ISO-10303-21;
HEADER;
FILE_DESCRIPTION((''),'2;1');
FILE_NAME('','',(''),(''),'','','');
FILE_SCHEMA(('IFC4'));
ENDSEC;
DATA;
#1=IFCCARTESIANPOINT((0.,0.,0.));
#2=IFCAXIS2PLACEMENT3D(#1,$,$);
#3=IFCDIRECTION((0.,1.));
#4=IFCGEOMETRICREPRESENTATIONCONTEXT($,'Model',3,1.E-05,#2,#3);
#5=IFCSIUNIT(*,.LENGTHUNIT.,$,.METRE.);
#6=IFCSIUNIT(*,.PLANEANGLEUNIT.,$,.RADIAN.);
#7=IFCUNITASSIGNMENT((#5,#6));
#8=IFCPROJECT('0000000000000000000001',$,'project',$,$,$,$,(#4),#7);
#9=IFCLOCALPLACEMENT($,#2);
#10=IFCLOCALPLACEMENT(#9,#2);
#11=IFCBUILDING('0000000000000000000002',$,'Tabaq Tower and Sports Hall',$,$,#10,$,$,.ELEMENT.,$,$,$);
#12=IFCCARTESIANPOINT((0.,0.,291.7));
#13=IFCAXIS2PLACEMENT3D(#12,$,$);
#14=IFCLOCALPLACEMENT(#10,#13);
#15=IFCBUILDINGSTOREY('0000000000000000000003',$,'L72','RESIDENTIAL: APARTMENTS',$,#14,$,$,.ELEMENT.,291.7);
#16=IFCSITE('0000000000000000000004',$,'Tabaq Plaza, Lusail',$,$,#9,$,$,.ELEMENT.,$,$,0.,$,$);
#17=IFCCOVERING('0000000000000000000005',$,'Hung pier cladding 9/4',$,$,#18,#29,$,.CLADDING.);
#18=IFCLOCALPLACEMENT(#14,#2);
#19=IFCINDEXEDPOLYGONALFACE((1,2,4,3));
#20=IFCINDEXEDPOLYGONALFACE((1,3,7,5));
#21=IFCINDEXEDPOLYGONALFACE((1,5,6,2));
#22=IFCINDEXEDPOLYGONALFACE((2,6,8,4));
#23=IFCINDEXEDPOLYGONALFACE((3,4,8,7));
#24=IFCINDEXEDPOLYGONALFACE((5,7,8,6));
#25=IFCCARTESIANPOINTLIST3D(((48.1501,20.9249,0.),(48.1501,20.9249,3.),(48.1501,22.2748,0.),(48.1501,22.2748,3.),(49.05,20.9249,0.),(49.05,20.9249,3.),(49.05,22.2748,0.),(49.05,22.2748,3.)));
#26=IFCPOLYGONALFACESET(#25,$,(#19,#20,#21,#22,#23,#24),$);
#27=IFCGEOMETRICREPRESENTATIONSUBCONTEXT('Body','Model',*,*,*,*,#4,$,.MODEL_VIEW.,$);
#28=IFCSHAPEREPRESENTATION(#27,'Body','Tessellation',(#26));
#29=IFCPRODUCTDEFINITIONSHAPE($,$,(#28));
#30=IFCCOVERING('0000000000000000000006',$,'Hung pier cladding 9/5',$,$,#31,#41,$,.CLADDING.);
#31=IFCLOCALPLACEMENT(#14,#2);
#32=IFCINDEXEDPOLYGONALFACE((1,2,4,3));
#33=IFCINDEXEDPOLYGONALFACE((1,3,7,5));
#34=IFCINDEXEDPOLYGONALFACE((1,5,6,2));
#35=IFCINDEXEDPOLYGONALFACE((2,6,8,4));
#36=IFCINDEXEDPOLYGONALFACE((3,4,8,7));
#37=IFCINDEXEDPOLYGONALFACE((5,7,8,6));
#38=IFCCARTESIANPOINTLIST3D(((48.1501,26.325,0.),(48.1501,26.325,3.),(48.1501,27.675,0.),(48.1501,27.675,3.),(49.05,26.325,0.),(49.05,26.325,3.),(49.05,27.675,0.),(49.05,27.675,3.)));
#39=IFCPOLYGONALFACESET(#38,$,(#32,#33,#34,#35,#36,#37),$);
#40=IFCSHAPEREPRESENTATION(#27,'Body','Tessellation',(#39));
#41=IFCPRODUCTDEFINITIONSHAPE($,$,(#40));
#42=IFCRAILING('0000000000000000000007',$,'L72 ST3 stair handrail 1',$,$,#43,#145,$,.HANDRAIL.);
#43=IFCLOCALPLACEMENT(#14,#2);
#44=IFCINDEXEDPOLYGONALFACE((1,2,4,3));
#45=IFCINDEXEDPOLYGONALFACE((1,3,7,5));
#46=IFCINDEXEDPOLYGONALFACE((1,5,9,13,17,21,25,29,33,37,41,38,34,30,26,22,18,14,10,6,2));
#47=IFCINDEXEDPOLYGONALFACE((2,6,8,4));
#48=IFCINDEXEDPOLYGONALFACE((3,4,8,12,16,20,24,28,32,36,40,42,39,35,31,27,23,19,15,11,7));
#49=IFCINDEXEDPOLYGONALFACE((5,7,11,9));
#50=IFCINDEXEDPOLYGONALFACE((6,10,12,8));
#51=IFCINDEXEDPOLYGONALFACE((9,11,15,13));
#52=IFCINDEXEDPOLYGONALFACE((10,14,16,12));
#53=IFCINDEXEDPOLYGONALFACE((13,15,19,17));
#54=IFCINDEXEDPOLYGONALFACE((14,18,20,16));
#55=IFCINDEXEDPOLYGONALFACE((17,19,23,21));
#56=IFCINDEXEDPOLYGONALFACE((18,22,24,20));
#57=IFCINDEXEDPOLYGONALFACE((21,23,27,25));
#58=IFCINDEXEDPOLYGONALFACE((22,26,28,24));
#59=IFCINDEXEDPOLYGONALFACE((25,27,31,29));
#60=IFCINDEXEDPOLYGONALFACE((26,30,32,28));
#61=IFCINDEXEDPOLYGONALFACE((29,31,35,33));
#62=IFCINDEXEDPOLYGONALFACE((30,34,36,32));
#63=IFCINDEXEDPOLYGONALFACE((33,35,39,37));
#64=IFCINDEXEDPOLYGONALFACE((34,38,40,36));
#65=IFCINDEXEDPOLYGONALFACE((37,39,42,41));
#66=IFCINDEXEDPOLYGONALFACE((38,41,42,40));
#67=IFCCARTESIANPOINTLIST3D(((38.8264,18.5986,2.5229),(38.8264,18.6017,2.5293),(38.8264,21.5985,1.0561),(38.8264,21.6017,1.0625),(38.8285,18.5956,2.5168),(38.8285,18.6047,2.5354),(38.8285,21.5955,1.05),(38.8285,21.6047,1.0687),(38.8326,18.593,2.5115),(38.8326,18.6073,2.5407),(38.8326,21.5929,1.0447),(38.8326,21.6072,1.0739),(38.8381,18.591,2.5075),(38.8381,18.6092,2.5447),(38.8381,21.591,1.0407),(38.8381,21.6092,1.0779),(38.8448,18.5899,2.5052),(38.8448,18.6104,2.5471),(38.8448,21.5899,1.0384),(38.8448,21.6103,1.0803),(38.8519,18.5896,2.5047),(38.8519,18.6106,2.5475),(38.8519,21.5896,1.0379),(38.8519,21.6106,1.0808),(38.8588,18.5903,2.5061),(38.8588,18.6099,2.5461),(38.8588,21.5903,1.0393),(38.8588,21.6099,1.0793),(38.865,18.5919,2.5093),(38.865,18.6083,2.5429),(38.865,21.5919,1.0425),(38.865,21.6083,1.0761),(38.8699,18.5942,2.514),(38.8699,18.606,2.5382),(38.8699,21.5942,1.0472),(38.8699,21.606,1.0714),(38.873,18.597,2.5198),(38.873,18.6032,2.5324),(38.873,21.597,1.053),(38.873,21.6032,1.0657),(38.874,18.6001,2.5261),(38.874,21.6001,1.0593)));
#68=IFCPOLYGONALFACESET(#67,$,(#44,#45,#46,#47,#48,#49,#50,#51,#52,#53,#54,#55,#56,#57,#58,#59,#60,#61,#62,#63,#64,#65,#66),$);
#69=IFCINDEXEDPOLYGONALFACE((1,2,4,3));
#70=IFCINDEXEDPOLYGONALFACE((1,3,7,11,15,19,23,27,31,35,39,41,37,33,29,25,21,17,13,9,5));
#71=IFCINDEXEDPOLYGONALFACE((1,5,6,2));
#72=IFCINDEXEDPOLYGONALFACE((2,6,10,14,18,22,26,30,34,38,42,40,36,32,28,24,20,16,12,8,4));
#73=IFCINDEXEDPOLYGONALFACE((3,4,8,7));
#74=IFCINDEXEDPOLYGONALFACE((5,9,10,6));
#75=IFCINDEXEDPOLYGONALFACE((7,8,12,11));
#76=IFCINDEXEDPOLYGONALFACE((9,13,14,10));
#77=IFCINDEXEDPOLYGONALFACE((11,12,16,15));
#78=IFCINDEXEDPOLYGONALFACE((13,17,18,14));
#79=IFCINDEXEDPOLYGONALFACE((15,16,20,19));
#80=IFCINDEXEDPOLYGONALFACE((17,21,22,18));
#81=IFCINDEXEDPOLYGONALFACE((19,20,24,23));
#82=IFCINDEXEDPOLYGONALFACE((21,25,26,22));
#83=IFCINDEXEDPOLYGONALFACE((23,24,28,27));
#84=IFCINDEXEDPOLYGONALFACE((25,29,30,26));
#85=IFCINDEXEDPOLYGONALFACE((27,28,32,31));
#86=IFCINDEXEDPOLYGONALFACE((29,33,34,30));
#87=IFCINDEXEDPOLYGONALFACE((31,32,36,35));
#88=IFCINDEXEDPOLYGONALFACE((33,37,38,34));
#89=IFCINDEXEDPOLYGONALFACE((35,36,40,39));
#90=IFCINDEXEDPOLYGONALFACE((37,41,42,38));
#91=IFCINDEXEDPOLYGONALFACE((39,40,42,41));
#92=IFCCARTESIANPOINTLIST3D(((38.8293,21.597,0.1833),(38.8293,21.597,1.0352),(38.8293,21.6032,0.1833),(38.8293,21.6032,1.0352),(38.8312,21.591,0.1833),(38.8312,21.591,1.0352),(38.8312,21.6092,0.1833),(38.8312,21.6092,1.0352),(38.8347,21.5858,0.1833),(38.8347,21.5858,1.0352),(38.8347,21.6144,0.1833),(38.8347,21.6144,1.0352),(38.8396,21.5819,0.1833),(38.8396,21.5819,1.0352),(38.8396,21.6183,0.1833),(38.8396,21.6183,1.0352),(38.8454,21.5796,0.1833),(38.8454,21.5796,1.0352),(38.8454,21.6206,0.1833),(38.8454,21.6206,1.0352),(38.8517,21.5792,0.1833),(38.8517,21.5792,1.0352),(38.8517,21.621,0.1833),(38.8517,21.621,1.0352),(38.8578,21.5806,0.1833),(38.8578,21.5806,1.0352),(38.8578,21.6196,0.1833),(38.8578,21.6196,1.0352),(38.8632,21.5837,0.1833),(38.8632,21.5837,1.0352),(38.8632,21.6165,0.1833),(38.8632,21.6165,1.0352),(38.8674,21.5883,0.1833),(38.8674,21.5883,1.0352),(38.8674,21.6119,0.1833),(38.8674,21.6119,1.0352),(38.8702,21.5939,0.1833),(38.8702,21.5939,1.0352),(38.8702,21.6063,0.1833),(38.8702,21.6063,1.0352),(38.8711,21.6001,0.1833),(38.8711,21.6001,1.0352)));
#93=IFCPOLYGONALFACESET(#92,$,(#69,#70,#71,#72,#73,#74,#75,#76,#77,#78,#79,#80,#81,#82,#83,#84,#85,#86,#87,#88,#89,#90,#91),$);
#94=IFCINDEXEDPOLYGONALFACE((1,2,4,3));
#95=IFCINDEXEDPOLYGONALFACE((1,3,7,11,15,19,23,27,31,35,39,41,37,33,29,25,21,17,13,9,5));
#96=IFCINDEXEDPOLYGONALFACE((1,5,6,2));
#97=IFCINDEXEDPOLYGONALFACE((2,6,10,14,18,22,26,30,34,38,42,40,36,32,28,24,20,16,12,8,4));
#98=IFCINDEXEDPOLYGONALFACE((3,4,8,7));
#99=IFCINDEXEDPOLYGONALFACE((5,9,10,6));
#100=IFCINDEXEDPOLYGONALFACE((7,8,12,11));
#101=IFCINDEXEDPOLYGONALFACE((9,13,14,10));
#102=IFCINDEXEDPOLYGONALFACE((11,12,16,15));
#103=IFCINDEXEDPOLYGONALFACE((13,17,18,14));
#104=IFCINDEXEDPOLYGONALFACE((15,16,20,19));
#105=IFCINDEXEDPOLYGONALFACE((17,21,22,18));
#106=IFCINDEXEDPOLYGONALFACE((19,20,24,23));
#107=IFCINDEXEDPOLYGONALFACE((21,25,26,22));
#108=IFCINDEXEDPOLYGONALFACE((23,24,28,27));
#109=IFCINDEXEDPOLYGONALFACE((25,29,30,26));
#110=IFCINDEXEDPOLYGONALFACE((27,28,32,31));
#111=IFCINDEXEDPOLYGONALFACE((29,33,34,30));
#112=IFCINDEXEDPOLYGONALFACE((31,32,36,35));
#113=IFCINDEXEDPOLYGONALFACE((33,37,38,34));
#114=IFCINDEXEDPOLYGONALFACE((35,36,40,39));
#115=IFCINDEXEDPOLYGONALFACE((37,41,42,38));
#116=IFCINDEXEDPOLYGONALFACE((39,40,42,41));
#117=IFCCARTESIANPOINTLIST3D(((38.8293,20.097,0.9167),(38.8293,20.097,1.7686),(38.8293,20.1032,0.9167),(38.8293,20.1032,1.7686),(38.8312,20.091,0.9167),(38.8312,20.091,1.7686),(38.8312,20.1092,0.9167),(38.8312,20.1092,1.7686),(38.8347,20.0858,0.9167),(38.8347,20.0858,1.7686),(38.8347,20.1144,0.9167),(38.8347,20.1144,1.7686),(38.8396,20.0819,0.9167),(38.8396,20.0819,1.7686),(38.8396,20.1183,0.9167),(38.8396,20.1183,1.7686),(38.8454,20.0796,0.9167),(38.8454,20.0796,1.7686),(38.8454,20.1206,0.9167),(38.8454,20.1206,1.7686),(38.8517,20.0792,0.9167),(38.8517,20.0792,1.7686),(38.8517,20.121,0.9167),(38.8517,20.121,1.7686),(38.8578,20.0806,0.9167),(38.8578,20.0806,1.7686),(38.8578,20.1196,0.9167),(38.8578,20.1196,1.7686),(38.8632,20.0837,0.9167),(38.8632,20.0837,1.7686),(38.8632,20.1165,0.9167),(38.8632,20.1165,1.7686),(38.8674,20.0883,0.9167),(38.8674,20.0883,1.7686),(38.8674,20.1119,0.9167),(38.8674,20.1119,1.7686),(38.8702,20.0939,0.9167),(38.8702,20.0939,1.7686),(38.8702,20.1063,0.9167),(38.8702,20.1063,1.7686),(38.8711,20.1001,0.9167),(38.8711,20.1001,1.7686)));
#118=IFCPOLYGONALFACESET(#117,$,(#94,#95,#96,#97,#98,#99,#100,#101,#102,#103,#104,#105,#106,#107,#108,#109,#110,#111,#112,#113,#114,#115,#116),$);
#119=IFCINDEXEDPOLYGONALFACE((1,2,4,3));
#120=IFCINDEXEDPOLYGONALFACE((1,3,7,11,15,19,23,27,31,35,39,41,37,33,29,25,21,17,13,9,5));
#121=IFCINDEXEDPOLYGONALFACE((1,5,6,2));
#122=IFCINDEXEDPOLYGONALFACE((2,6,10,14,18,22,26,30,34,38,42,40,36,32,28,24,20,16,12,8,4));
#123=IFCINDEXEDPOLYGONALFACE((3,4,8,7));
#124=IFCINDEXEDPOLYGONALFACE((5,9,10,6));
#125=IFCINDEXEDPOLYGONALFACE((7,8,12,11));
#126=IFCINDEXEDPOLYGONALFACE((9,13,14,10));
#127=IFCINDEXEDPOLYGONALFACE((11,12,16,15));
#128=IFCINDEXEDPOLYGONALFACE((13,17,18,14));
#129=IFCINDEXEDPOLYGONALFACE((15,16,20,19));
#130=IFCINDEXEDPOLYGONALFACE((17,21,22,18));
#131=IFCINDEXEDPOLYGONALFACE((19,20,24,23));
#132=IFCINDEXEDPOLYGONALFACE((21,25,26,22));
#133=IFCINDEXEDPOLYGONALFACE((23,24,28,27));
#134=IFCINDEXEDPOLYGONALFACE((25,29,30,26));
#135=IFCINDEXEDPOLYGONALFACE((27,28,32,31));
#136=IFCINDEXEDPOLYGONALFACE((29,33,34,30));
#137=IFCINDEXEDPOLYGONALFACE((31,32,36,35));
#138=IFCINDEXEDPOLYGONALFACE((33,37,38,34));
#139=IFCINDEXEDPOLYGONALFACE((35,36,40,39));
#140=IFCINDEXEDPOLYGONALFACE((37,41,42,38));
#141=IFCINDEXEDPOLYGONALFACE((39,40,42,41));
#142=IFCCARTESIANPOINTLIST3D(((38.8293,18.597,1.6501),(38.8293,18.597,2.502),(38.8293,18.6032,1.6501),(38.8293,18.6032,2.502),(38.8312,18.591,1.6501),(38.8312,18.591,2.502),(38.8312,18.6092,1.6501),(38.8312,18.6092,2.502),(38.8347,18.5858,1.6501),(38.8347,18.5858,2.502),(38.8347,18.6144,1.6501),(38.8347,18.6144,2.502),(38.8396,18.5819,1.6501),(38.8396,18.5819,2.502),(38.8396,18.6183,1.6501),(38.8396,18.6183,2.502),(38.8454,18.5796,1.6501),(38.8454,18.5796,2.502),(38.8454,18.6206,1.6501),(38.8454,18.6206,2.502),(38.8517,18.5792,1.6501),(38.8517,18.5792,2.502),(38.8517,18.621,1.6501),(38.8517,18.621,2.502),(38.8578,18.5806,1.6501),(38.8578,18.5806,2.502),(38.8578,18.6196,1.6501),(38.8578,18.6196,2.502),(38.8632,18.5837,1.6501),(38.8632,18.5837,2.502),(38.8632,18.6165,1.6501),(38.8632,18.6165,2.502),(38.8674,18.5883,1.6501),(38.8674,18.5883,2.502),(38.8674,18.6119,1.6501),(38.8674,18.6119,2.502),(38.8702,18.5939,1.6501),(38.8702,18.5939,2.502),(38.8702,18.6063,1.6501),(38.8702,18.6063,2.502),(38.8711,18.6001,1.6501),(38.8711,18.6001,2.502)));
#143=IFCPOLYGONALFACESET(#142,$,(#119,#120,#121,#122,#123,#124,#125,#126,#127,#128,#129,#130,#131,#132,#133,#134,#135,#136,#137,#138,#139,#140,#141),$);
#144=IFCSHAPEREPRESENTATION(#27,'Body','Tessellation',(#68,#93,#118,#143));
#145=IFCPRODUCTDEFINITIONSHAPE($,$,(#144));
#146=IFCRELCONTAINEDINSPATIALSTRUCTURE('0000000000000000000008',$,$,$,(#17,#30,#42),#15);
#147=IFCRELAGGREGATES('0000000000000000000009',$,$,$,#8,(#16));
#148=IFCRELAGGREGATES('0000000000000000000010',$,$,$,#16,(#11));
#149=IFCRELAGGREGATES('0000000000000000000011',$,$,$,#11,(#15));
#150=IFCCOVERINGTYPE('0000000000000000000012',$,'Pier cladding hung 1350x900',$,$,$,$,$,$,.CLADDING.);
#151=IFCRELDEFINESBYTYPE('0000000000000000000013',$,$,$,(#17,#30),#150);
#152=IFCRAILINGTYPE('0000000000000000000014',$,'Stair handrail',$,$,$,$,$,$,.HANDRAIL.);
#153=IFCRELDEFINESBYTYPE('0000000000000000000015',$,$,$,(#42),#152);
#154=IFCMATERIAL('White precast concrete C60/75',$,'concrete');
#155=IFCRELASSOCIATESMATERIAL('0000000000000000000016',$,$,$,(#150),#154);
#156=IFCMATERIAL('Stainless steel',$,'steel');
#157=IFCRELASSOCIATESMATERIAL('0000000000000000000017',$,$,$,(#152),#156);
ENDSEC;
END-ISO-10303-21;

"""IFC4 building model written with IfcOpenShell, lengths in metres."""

from ifc_helpers import new_model, si_unit, direction, frame, frame_2d, origin, origin_2d, place, context, subcontext, project, spatial, rectangle, circle, extrude, material, type_object, element, save


model = new_model("IFC4")

# Units and contexts
model_context = context("Model", 3, precision=1e-05, world=origin(), true_north=direction((0.0, 1.0)))
body_context = subcontext(model_context, "Body", "Model", "MODEL_VIEW")
ifc_project = project(units=[si_unit("LENGTHUNIT", "METRE"), si_unit("PLANEANGLEUNIT", "RADIAN")], contexts=[model_context])

# Site, building, storey
site_placement = place(None, origin())
site = spatial("IfcSite", under=ifc_project, at=site_placement, Name="Tabaq Plaza, Lusail", CompositionType="ELEMENT", RefElevation=0.0)
building_placement = place(site_placement, origin())
building = spatial("IfcBuilding", under=site, at=building_placement, Name="Tabaq Tower and Sports Hall", CompositionType="ELEMENT")
storey_placement = place(building_placement, frame((0.0, 0.0, 291.7)))
storey = spatial("IfcBuildingStorey", under=building, at=storey_placement, Name="L72", Description="RESIDENTIAL: APARTMENTS", CompositionType="ELEMENT", Elevation=291.7)

# Coverings
ifc_material_1 = material(Name="White precast concrete C60/75", Category="concrete")
covering_type_1 = type_object("IfcCoveringType", Name="Pier cladding hung 1350x900", PredefinedType="CLADDING", material=ifc_material_1)
covering_1_placement = place(storey_placement, frame((48.6001, 20.925, 0.0), z_axis=(0.0, 0.0, 1.0), x_axis=(0.0, 1.0, 0.0)))
element("IfcCovering", 1, at=covering_1_placement, inside=storey, type_object=covering_type_1, Name="Hung pier cladding 9/4", PredefinedType="CLADDING", context=body_context, shape_type="SweptSolid", body=[
    extrude(rectangle(XDim=1.3499, YDim=0.8999, at=frame_2d((0.6748, 0.0))), origin(), (0.0, 0.0, 1.0), 3.0),
])
covering_2_placement = place(storey_placement, frame((48.6001, 26.325, 0.0), z_axis=(0.0, 0.0, 1.0), x_axis=(0.0, 1.0, 0.0)))
element("IfcCovering", 2, at=covering_2_placement, inside=storey, type_object=covering_type_1, Name="Hung pier cladding 9/5", PredefinedType="CLADDING", context=body_context, shape_type="SweptSolid", body=[
    extrude(rectangle(XDim=1.3501, YDim=0.8999, at=frame_2d((0.675, 0.0))), origin(), (0.0, 0.0, 1.0), 3.0),
])

# Railing
ifc_material_2 = material(Name="Stainless steel", Category="steel")
railing_type_1 = type_object("IfcRailingType", Name="Stair handrail", PredefinedType="HANDRAIL", material=ifc_material_2)
railing_1_placement = place(storey_placement, frame((38.8501, 21.6001, 0.1833)))
element("IfcRailing", 3, at=railing_1_placement, inside=storey, type_object=railing_type_1, Name="L72 ST3 stair handrail 1", PredefinedType="HANDRAIL", context=body_context, shape_type="SweptSolid", body=[
    extrude(circle(Radius=0.0239, at=origin_2d()), frame((0.0, 0.0, 0.876), z_axis=(0.0, -0.898369, 0.439242), x_axis=(1.0, 0.0, 0.0)), (0.0, 0.0, 1.0), 3.3394),
    extrude(circle(Radius=0.021, at=origin_2d()), origin(), (0.0, 0.0, 1.0), 0.8518),
    extrude(circle(Radius=0.021, at=origin_2d()), frame((0.0, -1.5, 0.7334)), (0.0, 0.0, 1.0), 0.8518),
    extrude(circle(Radius=0.021, at=origin_2d()), frame((0.0, -3.0, 1.4668)), (0.0, 0.0, 1.0), 0.8518),
])

save(model, "model.ifc")
